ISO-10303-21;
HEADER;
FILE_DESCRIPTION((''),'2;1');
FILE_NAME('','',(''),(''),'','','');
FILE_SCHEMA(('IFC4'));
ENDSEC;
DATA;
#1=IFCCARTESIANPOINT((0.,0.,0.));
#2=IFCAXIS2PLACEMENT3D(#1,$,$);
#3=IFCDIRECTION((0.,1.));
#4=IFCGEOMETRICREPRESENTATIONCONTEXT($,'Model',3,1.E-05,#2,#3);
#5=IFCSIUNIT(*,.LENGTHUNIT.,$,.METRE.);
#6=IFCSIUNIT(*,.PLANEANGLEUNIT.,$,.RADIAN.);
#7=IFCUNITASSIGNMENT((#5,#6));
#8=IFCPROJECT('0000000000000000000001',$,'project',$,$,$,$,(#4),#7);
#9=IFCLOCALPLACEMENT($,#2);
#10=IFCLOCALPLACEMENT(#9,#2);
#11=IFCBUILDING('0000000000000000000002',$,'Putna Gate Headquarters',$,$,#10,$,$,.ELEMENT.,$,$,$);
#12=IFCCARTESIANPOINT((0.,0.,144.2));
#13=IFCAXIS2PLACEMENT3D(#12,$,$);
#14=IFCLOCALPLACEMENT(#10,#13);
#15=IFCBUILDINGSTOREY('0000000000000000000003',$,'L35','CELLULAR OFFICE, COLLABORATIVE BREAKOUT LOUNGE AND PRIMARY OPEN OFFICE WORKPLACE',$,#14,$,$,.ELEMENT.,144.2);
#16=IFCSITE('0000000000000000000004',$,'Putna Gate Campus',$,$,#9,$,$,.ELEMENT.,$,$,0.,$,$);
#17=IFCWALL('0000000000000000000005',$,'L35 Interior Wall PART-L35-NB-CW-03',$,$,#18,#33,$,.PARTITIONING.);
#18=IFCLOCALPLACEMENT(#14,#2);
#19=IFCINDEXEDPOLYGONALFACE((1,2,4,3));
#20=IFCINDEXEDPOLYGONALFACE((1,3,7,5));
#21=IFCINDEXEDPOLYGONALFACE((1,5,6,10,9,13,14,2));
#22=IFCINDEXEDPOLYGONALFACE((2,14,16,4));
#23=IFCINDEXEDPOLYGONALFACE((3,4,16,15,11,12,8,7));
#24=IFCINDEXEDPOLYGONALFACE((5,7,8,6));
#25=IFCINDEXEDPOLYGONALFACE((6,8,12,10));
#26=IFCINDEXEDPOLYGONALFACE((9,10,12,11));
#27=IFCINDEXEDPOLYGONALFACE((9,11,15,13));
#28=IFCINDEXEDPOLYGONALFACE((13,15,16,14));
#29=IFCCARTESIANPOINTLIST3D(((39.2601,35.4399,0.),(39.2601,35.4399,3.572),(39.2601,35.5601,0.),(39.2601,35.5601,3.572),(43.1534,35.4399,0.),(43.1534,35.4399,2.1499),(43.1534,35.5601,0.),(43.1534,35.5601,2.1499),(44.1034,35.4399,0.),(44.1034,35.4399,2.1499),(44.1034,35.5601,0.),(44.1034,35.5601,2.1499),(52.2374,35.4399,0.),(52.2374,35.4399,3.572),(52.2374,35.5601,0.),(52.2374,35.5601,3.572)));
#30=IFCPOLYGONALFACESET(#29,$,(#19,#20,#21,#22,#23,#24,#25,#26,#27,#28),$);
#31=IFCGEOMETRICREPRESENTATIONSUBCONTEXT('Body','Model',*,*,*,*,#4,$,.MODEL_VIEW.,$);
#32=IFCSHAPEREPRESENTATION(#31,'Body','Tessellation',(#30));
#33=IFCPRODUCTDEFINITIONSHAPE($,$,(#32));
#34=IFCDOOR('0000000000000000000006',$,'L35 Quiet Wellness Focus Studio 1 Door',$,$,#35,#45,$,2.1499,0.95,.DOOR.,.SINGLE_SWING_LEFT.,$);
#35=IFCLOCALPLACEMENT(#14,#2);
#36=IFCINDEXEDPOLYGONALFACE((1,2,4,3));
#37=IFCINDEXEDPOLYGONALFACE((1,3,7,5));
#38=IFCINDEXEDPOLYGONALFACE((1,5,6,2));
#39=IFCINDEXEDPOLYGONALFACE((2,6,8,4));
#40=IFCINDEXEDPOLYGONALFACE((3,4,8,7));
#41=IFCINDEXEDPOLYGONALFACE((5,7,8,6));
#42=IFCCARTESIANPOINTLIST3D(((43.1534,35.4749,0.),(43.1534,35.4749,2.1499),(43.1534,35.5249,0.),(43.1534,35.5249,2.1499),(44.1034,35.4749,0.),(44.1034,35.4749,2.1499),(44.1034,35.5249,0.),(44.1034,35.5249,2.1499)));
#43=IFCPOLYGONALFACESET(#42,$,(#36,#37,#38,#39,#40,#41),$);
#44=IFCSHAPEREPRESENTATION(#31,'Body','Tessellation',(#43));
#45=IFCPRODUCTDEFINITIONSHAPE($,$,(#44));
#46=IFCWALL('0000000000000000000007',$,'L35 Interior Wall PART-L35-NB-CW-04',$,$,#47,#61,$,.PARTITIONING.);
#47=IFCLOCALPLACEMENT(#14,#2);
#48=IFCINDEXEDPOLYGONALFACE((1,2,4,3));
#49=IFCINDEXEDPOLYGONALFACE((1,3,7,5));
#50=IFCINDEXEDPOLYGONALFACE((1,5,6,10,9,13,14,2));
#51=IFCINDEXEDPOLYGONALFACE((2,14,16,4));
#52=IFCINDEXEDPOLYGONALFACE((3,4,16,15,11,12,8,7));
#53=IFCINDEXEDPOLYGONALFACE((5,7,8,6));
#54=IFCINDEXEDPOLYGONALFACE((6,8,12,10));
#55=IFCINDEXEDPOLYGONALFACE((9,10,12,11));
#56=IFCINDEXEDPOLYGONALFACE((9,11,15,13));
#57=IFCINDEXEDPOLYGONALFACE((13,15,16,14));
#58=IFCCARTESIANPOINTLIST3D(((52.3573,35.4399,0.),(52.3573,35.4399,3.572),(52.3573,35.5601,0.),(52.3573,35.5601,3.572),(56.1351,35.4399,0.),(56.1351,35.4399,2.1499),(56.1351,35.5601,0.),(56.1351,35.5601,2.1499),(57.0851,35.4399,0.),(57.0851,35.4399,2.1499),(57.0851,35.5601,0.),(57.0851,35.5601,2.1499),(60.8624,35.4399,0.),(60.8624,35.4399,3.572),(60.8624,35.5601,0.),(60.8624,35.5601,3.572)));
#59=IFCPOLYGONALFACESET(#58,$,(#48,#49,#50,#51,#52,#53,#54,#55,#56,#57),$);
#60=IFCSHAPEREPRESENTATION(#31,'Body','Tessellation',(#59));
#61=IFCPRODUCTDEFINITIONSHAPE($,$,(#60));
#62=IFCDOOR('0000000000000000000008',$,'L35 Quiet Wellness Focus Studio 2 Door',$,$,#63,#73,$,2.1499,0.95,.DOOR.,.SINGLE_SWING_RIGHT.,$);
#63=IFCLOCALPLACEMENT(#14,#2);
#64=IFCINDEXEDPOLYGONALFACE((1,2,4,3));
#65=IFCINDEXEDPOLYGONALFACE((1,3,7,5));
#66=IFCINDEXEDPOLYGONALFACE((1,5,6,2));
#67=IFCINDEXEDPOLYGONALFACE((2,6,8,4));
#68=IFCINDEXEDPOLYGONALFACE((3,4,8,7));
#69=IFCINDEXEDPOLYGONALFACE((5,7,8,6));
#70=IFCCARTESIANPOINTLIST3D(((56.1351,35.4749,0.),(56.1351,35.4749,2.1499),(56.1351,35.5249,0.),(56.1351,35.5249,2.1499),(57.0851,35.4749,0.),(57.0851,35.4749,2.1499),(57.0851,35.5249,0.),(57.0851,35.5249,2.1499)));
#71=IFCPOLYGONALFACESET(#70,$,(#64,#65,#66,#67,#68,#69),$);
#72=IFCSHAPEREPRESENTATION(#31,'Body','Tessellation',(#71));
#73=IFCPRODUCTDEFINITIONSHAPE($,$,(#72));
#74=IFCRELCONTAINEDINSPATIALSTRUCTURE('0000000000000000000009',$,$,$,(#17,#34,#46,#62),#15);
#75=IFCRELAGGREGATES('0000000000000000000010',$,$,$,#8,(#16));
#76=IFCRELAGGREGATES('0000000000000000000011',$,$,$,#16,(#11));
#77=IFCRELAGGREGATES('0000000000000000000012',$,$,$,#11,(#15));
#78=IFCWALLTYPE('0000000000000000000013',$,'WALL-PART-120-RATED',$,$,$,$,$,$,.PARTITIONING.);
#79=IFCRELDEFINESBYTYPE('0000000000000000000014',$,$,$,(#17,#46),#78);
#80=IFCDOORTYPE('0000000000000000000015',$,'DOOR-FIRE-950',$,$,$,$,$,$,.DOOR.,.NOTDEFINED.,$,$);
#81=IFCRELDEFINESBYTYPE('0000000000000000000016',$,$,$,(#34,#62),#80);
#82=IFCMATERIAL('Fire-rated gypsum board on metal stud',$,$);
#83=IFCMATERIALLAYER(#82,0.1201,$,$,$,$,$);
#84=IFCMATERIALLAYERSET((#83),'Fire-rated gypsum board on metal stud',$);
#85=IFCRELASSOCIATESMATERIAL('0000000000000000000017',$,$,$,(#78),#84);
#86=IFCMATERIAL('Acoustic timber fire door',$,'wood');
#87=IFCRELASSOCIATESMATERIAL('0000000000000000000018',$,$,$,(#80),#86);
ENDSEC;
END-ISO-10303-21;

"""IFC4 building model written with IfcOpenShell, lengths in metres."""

from ifc_helpers import new_model, si_unit, direction, frame, frame_2d, origin, place, context, subcontext, project, spatial, rectangle, extrude, material, layer, layer_set, type_object, element, fill, save


model = new_model("IFC4")

# Units and contexts
model_context = context("Model", 3, precision=1e-05, world=origin(), true_north=direction((0.0, 1.0)))
body_context = subcontext(model_context, "Body", "Model", "MODEL_VIEW")
ifc_project = project(units=[si_unit("LENGTHUNIT", "METRE"), si_unit("PLANEANGLEUNIT", "RADIAN")], contexts=[model_context])

# Site, building, storey
site_placement = place(None, origin())
site = spatial("IfcSite", under=ifc_project, at=site_placement, Name="Putna Gate Campus", CompositionType="ELEMENT", RefElevation=0.0)
building_placement = place(site_placement, origin())
building = spatial("IfcBuilding", under=site, at=building_placement, Name="Putna Gate Headquarters", CompositionType="ELEMENT")
storey_placement = place(building_placement, frame((0.0, 0.0, 144.2)))
storey = spatial("IfcBuildingStorey", under=building, at=storey_placement, Name="L35", Description="CELLULAR OFFICE, COLLABORATIVE BREAKOUT LOUNGE AND PRIMARY OPEN OFFICE WORKPLACE", CompositionType="ELEMENT", Elevation=144.2)

# Shared definitions
ifc_material_1 = material(Name="Fire-rated gypsum board on metal stud")
ifc_layer_1 = layer(ifc_material_1, 0.1201)
ifc_layer_set_1 = layer_set([ifc_layer_1], Name="Fire-rated gypsum board on metal stud")
wall_type_1 = type_object("IfcWallType", Name="WALL-PART-120-RATED", PredefinedType="PARTITIONING", material=ifc_layer_set_1)

# Walls, openings, doors
wall_1_placement = place(storey_placement, frame((39.26, 35.5, 0.0), z_axis=(0.0, 0.0, 1.0), x_axis=(1.0, 0.0, 0.0)))
wall_1 = element("IfcWall", 1, at=wall_1_placement, inside=storey, type_object=wall_type_1, Name="L35 Interior Wall PART-L35-NB-CW-03", PredefinedType="PARTITIONING", context=body_context, shape_type="SweptSolid", body=[
    extrude(rectangle(XDim=12.9773, YDim=0.1201, at=frame_2d((6.4888, 0.0))), origin(), (0.0, 0.0, 1.0), 3.572),
])
opening_1_placement = place(wall_1_placement, frame((3.8933, 0.0, 0.0)))
opening_1 = element("IfcOpeningElement", 2, at=opening_1_placement, cuts=wall_1, PredefinedType="OPENING", context=body_context, shape_type="SweptSolid", body=[
    extrude(rectangle(XDim=0.95, YDim=2.1499, at=frame_2d((0.4751, 1.075))), frame((0.0, 0.0701, 0.0), z_axis=(0.0, -1.0, 0.0), x_axis=(1.0, 0.0, 0.0)), (0.0, 0.0, 1.0), 0.1401),
])
ifc_material_2 = material(Name="Acoustic timber fire door", Category="wood")
door_type_1 = type_object("IfcDoorType", Name="DOOR-FIRE-950", OperationType="NOTDEFINED", PredefinedType="DOOR", material=ifc_material_2)
door_1_placement = place(opening_1_placement, origin())
door_1 = element("IfcDoor", 3, at=door_1_placement, inside=storey, type_object=door_type_1, Name="L35 Quiet Wellness Focus Studio 1 Door", OperationType="SINGLE_SWING_LEFT", OverallHeight=2.1499, OverallWidth=0.95, PredefinedType="DOOR", context=body_context, shape_type="SweptSolid", body=[
    extrude(rectangle(XDim=0.95, YDim=2.1499, at=frame_2d((0.4751, 1.075))), frame((0.0, 0.0249, 0.0), z_axis=(0.0, -1.0, 0.0), x_axis=(1.0, 0.0, 0.0)), (0.0, 0.0, 1.0), 0.05),
])
fill(opening_1, door_1)
wall_2_placement = place(storey_placement, frame((52.3574, 35.5, 0.0), z_axis=(0.0, 0.0, 1.0), x_axis=(1.0, 0.0, 0.0)))
wall_2 = element("IfcWall", 4, at=wall_2_placement, inside=storey, type_object=wall_type_1, Name="L35 Interior Wall PART-L35-NB-CW-04", PredefinedType="PARTITIONING", context=body_context, shape_type="SweptSolid", body=[
    extrude(rectangle(XDim=8.5051, YDim=0.1201, at=frame_2d((4.2524, 0.0))), origin(), (0.0, 0.0, 1.0), 3.572),
])
opening_2_placement = place(wall_2_placement, frame((3.7776, 0.0, 0.0)))
opening_2 = element("IfcOpeningElement", 5, at=opening_2_placement, cuts=wall_2, PredefinedType="OPENING", context=body_context, shape_type="SweptSolid", body=[
    extrude(rectangle(XDim=0.95, YDim=2.1499, at=frame_2d((0.4751, 1.075))), frame((0.0, 0.0701, 0.0), z_axis=(0.0, -1.0, 0.0), x_axis=(1.0, 0.0, 0.0)), (0.0, 0.0, 1.0), 0.1401),
])
door_2_placement = place(opening_2_placement, origin())
door_2 = element("IfcDoor", 6, at=door_2_placement, inside=storey, type_object=door_type_1, Name="L35 Quiet Wellness Focus Studio 2 Door", OperationType="SINGLE_SWING_RIGHT", OverallHeight=2.1499, OverallWidth=0.95, PredefinedType="DOOR", context=body_context, shape_type="SweptSolid", body=[
    extrude(rectangle(XDim=0.95, YDim=2.1499, at=frame_2d((0.4751, 1.075))), frame((0.0, 0.0249, 0.0), z_axis=(0.0, -1.0, 0.0), x_axis=(1.0, 0.0, 0.0)), (0.0, 0.0, 1.0), 0.05),
])
fill(opening_2, door_2)

save(model, "model.ifc")
